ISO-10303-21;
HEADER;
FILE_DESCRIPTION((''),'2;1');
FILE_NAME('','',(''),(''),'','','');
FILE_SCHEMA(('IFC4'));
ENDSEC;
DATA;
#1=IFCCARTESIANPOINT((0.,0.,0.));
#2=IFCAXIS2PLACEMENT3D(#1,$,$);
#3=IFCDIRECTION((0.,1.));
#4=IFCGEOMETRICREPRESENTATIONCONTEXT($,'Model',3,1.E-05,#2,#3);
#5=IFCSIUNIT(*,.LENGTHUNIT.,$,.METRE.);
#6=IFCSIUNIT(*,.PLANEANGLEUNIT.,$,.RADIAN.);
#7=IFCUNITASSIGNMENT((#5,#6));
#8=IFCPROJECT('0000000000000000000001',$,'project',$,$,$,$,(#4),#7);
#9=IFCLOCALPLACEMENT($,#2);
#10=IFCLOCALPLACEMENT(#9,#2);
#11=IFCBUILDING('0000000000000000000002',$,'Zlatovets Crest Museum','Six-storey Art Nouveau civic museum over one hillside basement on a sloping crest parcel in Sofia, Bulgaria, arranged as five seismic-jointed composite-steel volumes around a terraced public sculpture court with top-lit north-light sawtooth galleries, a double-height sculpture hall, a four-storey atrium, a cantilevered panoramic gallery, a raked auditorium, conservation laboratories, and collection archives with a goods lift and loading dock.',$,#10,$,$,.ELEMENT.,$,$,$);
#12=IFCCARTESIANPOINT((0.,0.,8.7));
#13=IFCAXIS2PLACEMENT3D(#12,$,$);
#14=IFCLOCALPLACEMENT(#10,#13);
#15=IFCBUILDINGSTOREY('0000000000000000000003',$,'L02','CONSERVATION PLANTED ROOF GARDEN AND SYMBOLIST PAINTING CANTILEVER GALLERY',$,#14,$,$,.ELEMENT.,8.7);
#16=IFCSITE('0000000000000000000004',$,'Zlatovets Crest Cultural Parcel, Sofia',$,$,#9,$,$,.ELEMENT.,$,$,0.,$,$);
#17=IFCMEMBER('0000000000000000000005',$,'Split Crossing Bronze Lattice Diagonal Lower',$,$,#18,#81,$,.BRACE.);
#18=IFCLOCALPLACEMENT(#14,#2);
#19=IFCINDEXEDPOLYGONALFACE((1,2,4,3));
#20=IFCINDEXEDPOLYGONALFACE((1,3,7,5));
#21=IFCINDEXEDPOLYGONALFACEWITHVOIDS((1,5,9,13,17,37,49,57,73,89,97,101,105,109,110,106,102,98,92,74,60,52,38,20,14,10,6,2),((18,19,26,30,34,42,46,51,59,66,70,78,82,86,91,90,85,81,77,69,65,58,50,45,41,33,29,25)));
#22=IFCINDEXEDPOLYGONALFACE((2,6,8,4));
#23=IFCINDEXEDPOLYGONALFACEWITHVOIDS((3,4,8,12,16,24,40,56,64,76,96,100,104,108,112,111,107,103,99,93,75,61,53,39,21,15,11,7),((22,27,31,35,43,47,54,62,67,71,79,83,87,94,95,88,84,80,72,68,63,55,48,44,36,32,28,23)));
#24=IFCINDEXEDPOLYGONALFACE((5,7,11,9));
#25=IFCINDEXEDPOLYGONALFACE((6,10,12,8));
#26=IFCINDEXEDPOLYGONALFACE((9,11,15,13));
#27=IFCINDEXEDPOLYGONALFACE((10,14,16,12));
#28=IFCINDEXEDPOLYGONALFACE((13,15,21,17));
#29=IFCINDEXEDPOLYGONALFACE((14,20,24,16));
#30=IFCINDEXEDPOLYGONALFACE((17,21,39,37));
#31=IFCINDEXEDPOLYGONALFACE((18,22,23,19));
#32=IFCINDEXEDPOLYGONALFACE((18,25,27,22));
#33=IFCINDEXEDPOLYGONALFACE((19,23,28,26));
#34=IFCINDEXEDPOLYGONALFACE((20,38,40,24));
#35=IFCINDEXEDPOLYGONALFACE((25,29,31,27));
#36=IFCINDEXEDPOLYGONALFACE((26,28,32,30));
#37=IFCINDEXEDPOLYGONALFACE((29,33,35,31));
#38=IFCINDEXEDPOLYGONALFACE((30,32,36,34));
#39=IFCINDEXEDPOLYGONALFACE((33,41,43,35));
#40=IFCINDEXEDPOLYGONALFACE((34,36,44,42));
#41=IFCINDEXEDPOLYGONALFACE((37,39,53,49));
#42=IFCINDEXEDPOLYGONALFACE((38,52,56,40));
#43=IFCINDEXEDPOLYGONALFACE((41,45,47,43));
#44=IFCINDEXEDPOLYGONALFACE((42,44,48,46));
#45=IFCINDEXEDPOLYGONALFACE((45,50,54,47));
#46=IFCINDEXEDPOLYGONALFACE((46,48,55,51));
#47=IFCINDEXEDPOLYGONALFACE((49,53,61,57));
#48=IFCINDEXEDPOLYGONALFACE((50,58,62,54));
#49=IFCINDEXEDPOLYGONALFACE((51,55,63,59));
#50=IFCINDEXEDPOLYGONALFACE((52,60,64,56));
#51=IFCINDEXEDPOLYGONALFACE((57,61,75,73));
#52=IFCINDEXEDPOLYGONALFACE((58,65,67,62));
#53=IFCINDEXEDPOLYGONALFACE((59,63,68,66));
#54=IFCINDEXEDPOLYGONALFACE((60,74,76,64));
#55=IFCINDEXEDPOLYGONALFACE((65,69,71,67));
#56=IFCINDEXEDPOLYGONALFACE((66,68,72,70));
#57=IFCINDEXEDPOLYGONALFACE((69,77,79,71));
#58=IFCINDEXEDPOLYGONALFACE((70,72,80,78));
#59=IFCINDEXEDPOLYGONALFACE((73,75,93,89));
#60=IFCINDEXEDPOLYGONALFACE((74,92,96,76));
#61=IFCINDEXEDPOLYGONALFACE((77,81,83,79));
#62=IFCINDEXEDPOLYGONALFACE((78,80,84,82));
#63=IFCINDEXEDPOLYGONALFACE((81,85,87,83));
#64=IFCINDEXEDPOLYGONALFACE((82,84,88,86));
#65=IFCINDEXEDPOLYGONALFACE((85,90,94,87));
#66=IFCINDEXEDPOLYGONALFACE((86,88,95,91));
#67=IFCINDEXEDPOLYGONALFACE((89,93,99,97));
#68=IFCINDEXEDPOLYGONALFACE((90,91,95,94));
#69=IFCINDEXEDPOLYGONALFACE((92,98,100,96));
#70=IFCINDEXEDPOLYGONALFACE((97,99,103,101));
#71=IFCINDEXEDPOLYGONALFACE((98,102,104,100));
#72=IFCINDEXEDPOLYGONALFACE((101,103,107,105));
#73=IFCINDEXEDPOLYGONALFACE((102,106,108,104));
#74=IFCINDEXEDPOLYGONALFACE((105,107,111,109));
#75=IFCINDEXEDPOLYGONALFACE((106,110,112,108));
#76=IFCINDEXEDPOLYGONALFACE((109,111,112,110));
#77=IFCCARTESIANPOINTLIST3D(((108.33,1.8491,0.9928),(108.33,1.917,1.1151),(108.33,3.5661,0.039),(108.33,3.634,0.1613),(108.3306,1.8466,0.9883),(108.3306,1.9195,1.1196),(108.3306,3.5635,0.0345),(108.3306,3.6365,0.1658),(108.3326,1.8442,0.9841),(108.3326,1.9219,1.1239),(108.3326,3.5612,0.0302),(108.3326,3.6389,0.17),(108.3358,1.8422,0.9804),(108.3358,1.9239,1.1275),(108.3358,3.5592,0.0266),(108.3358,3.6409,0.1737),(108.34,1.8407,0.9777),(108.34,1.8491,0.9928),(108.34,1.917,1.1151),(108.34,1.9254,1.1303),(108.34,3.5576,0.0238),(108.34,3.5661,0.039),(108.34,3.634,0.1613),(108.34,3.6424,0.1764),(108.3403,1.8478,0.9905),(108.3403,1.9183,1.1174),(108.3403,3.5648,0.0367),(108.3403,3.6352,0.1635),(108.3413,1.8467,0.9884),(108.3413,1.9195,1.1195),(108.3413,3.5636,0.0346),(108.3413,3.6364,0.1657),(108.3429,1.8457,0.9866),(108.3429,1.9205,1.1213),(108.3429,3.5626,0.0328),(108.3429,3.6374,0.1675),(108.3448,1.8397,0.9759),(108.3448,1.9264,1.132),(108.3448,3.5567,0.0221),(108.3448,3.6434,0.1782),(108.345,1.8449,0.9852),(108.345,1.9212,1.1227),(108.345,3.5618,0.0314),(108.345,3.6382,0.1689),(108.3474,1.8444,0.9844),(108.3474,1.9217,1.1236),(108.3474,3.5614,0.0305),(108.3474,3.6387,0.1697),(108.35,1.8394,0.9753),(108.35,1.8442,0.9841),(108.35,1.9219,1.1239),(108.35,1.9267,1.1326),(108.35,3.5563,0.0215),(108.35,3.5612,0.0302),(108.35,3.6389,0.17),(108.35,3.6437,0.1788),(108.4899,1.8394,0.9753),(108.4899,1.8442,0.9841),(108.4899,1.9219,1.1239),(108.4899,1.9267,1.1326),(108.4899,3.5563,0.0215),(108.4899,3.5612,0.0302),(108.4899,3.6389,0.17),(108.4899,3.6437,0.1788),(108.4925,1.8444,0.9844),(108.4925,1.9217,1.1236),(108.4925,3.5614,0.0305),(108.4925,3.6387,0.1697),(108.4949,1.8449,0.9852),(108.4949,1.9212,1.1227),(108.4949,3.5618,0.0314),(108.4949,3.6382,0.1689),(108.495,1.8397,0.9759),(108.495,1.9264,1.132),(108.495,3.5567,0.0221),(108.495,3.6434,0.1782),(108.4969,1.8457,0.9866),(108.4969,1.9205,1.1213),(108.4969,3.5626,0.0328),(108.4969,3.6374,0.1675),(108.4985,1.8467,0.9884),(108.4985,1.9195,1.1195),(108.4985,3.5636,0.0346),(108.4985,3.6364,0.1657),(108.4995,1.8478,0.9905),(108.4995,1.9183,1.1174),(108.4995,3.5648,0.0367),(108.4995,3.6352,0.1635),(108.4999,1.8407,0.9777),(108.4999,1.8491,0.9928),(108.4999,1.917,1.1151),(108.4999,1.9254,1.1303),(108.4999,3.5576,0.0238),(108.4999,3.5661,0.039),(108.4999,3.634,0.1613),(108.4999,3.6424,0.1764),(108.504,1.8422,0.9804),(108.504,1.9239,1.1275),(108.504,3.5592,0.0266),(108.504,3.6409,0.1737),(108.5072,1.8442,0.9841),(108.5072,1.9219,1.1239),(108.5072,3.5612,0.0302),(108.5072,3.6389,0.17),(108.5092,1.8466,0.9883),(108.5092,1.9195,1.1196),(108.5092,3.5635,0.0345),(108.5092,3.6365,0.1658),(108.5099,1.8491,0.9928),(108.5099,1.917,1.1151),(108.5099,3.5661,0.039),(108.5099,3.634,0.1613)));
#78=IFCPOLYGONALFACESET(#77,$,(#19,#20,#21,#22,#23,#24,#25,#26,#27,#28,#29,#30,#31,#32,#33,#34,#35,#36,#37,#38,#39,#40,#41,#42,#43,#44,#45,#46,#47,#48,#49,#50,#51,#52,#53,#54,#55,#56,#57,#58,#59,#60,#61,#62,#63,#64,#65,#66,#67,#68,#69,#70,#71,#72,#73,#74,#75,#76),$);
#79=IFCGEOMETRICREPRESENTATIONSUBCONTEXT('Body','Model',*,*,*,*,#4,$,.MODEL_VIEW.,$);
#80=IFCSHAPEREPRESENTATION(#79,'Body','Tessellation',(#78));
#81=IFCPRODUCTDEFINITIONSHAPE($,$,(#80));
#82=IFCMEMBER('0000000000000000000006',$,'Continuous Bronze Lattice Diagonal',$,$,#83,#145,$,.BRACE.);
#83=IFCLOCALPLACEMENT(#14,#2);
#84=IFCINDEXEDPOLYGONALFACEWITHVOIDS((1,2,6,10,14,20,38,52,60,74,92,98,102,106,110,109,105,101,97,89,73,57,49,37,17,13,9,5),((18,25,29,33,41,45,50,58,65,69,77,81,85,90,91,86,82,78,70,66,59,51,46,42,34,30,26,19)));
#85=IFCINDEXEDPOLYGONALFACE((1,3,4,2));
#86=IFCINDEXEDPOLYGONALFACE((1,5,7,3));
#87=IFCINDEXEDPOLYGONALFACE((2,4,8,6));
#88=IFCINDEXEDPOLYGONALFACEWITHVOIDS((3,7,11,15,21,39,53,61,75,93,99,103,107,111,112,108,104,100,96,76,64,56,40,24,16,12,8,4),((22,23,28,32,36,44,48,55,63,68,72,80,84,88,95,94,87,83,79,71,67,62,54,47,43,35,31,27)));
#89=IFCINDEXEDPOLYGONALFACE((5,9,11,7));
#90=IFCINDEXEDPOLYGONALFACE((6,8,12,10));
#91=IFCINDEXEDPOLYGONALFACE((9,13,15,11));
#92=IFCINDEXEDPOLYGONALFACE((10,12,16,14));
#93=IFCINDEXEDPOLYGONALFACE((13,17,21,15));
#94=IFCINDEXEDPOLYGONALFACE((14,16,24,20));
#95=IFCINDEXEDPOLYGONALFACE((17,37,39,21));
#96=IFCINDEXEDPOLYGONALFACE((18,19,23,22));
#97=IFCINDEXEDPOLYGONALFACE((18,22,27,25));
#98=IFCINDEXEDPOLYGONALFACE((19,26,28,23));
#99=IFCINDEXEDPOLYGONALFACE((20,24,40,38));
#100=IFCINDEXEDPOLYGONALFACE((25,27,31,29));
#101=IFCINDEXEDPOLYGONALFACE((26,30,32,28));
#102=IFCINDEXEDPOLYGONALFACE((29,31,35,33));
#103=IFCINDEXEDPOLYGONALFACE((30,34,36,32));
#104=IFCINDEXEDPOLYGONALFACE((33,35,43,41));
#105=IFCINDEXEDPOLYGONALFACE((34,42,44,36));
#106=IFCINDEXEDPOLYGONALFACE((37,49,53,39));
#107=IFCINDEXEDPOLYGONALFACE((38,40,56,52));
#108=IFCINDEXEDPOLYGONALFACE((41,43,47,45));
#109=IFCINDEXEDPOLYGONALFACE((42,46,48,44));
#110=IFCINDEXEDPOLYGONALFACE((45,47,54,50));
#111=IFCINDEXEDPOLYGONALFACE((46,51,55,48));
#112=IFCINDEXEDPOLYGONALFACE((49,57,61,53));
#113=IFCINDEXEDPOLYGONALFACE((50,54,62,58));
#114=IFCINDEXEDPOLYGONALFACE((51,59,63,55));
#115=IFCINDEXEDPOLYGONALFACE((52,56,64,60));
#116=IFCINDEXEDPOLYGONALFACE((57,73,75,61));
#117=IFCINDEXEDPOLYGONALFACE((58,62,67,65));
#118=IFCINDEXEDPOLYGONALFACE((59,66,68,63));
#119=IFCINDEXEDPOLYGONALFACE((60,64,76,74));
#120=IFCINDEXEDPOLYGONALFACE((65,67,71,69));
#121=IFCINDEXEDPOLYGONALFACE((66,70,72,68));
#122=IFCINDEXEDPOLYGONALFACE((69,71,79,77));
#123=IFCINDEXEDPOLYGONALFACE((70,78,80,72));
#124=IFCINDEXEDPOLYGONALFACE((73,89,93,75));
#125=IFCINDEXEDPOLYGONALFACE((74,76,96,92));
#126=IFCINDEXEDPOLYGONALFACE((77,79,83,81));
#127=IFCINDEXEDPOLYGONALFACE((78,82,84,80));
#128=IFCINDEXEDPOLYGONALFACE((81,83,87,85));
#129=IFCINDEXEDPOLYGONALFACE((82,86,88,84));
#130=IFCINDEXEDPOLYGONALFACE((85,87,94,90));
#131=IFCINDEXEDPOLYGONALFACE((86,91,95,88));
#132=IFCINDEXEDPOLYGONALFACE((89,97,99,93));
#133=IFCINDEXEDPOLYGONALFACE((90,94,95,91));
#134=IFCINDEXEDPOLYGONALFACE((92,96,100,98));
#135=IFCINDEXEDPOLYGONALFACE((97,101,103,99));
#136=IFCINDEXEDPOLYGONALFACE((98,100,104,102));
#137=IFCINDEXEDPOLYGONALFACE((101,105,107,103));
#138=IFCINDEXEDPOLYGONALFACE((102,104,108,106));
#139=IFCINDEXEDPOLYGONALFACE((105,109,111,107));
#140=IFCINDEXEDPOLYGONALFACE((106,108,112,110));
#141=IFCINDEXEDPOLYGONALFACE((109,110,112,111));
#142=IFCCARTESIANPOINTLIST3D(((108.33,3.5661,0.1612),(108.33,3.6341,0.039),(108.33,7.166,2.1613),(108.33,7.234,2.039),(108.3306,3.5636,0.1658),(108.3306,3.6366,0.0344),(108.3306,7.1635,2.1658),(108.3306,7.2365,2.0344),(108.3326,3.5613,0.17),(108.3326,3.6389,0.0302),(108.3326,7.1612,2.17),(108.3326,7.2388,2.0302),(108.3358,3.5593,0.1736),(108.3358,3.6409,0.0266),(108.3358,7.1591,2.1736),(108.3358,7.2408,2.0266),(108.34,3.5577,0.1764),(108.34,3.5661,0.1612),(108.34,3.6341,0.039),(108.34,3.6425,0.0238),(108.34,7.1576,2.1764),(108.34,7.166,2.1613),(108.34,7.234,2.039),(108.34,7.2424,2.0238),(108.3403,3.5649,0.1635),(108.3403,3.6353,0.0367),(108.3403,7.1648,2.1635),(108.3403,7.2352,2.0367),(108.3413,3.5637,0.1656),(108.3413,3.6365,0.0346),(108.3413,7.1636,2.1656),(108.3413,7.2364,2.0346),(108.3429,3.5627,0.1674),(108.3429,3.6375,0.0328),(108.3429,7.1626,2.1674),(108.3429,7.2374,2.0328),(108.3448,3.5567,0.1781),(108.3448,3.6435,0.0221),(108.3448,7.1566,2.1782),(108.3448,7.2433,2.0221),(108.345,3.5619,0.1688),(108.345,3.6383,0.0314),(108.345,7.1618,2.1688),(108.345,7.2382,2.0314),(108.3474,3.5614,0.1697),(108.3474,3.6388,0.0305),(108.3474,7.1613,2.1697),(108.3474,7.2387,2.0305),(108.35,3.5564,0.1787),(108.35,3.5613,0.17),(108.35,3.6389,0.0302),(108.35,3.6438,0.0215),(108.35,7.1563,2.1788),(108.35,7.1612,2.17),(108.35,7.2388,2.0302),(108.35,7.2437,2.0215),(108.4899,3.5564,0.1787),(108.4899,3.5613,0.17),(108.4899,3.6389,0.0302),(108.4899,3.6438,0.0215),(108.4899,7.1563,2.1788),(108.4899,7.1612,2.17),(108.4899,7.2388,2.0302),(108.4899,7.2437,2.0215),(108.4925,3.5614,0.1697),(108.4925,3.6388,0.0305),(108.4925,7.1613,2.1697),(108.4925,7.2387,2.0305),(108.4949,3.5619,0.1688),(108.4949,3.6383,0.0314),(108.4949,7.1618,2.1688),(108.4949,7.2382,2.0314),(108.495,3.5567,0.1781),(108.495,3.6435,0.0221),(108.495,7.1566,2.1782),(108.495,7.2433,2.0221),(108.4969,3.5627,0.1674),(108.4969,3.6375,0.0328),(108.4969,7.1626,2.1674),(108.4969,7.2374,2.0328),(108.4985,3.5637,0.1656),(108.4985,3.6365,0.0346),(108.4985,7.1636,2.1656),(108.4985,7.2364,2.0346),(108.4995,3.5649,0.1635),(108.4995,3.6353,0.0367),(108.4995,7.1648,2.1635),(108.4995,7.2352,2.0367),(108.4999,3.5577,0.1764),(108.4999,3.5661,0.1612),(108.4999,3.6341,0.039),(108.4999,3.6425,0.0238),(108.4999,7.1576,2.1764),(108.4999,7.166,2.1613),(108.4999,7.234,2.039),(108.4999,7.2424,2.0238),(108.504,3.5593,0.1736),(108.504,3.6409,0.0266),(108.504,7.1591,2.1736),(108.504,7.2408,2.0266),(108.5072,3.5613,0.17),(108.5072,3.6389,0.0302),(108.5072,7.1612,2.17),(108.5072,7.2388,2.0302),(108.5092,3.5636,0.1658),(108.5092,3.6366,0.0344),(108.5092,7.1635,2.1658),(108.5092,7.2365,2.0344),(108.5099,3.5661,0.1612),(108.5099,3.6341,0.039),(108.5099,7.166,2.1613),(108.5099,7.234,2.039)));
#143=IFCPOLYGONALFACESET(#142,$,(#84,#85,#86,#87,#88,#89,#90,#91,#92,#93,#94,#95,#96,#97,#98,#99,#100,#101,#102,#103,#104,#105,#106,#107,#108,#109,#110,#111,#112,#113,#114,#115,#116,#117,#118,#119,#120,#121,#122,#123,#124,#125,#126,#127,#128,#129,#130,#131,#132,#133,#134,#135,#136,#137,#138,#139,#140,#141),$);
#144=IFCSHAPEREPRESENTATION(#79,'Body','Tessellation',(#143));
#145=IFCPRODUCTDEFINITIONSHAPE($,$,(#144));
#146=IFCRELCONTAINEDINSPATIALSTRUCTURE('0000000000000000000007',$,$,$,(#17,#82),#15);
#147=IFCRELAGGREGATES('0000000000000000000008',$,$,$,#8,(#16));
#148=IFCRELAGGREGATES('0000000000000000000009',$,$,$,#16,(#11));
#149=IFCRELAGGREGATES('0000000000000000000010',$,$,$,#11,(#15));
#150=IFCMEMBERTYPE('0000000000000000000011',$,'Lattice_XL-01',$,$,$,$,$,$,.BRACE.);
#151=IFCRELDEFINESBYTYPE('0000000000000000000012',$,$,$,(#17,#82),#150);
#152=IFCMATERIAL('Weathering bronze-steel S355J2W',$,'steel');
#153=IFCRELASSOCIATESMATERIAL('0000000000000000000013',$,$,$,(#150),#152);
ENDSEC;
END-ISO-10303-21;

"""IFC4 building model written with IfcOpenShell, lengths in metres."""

from ifc_helpers import new_model, si_unit, direction, frame, origin, origin_2d, place, context, subcontext, project, spatial, hollow_rectangle, extrude, material, material_profile, profile_set, type_object, element, save


model = new_model("IFC4")

# Units and contexts
model_context = context("Model", 3, precision=1e-05, world=origin(), true_north=direction((0.0, 1.0)))
body_context = subcontext(model_context, "Body", "Model", "MODEL_VIEW")
ifc_project = project(units=[si_unit("LENGTHUNIT", "METRE"), si_unit("PLANEANGLEUNIT", "RADIAN")], contexts=[model_context])

# Site, building, storey
site_placement = place(None, origin())
site = spatial("IfcSite", under=ifc_project, at=site_placement, Name="Zlatovets Crest Cultural Parcel, Sofia", CompositionType="ELEMENT", RefElevation=0.0)
building_placement = place(site_placement, origin())
building = spatial("IfcBuilding", under=site, at=building_placement, Name="Zlatovets Crest Museum", Description="Six-storey Art Nouveau civic museum over one hillside basement on a sloping crest parcel in Sofia, Bulgaria, arranged as five seismic-jointed composite-steel volumes around a terraced public sculpture court with top-lit north-light sawtooth galleries, a double-height sculpture hall, a four-storey atrium, a cantilevered panoramic gallery, a raked auditorium, conservation laboratories, and collection archives with a goods lift and loading dock.", CompositionType="ELEMENT")
storey_placement = place(building_placement, frame((0.0, 0.0, 8.7)))
storey = spatial("IfcBuildingStorey", under=building, at=storey_placement, Name="L02", Description="CONSERVATION PLANTED ROOF GARDEN AND SYMBOLIST PAINTING CANTILEVER GALLERY", CompositionType="ELEMENT", Elevation=8.7)

# Members
ifc_material_1 = material(Name="Weathering bronze-steel S355J2W", Category="steel")
ifc_material_profile_1 = material_profile(ifc_material_1, hollow_rectangle(XDim=0.1799, YDim=0.1799, WallThickness=0.01, InnerFilletRadius=0.01, OuterFilletRadius=0.02, at=origin_2d()), Name="SHS 180x180x10.0")
ifc_profile_set_1 = profile_set([ifc_material_profile_1], Name="Weathering bronze-steel S355J2W")
member_type_1 = type_object("IfcMemberType", Name="Lattice_XL-01", PredefinedType="BRACE", material=ifc_profile_set_1)
for number, where, z_axis, x_axis, name in (
    (1, (108.4199, 1.8831, 1.054), (0.0, 0.874169, -0.485622), (-1.0, 0.0, 0.0), "Split Crossing Bronze Lattice Diagonal Lower"),
):
    element("IfcMember", number, at=place(storey_placement, frame(where, z_axis=z_axis, x_axis=x_axis)), inside=storey, type_object=member_type_1, Name=name, PredefinedType="BRACE", context=body_context, shape_type="SweptSolid", body=[
        extrude(hollow_rectangle(XDim=0.1799, YDim=0.1799, WallThickness=0.01, InnerFilletRadius=0.01, OuterFilletRadius=0.02, at=origin_2d()), origin(), (0.0, 0.0, 1.0), 1.9641),
    ])
member_1_placement = place(storey_placement, frame((108.4199, 3.6001, 0.1001), z_axis=(0.0, 0.874149, 0.485658), x_axis=(-1.0, 0.0, 0.0)))
element("IfcMember", 2, at=member_1_placement, inside=storey, type_object=member_type_1, Name="Continuous Bronze Lattice Diagonal", PredefinedType="BRACE", context=body_context, shape_type="SweptSolid", body=[
    extrude(hollow_rectangle(XDim=0.1799, YDim=0.1799, WallThickness=0.01, InnerFilletRadius=0.01, OuterFilletRadius=0.02, at=origin_2d()), origin(), (0.0, 0.0, 1.0), 4.1182),
])

save(model, "model.ifc")
